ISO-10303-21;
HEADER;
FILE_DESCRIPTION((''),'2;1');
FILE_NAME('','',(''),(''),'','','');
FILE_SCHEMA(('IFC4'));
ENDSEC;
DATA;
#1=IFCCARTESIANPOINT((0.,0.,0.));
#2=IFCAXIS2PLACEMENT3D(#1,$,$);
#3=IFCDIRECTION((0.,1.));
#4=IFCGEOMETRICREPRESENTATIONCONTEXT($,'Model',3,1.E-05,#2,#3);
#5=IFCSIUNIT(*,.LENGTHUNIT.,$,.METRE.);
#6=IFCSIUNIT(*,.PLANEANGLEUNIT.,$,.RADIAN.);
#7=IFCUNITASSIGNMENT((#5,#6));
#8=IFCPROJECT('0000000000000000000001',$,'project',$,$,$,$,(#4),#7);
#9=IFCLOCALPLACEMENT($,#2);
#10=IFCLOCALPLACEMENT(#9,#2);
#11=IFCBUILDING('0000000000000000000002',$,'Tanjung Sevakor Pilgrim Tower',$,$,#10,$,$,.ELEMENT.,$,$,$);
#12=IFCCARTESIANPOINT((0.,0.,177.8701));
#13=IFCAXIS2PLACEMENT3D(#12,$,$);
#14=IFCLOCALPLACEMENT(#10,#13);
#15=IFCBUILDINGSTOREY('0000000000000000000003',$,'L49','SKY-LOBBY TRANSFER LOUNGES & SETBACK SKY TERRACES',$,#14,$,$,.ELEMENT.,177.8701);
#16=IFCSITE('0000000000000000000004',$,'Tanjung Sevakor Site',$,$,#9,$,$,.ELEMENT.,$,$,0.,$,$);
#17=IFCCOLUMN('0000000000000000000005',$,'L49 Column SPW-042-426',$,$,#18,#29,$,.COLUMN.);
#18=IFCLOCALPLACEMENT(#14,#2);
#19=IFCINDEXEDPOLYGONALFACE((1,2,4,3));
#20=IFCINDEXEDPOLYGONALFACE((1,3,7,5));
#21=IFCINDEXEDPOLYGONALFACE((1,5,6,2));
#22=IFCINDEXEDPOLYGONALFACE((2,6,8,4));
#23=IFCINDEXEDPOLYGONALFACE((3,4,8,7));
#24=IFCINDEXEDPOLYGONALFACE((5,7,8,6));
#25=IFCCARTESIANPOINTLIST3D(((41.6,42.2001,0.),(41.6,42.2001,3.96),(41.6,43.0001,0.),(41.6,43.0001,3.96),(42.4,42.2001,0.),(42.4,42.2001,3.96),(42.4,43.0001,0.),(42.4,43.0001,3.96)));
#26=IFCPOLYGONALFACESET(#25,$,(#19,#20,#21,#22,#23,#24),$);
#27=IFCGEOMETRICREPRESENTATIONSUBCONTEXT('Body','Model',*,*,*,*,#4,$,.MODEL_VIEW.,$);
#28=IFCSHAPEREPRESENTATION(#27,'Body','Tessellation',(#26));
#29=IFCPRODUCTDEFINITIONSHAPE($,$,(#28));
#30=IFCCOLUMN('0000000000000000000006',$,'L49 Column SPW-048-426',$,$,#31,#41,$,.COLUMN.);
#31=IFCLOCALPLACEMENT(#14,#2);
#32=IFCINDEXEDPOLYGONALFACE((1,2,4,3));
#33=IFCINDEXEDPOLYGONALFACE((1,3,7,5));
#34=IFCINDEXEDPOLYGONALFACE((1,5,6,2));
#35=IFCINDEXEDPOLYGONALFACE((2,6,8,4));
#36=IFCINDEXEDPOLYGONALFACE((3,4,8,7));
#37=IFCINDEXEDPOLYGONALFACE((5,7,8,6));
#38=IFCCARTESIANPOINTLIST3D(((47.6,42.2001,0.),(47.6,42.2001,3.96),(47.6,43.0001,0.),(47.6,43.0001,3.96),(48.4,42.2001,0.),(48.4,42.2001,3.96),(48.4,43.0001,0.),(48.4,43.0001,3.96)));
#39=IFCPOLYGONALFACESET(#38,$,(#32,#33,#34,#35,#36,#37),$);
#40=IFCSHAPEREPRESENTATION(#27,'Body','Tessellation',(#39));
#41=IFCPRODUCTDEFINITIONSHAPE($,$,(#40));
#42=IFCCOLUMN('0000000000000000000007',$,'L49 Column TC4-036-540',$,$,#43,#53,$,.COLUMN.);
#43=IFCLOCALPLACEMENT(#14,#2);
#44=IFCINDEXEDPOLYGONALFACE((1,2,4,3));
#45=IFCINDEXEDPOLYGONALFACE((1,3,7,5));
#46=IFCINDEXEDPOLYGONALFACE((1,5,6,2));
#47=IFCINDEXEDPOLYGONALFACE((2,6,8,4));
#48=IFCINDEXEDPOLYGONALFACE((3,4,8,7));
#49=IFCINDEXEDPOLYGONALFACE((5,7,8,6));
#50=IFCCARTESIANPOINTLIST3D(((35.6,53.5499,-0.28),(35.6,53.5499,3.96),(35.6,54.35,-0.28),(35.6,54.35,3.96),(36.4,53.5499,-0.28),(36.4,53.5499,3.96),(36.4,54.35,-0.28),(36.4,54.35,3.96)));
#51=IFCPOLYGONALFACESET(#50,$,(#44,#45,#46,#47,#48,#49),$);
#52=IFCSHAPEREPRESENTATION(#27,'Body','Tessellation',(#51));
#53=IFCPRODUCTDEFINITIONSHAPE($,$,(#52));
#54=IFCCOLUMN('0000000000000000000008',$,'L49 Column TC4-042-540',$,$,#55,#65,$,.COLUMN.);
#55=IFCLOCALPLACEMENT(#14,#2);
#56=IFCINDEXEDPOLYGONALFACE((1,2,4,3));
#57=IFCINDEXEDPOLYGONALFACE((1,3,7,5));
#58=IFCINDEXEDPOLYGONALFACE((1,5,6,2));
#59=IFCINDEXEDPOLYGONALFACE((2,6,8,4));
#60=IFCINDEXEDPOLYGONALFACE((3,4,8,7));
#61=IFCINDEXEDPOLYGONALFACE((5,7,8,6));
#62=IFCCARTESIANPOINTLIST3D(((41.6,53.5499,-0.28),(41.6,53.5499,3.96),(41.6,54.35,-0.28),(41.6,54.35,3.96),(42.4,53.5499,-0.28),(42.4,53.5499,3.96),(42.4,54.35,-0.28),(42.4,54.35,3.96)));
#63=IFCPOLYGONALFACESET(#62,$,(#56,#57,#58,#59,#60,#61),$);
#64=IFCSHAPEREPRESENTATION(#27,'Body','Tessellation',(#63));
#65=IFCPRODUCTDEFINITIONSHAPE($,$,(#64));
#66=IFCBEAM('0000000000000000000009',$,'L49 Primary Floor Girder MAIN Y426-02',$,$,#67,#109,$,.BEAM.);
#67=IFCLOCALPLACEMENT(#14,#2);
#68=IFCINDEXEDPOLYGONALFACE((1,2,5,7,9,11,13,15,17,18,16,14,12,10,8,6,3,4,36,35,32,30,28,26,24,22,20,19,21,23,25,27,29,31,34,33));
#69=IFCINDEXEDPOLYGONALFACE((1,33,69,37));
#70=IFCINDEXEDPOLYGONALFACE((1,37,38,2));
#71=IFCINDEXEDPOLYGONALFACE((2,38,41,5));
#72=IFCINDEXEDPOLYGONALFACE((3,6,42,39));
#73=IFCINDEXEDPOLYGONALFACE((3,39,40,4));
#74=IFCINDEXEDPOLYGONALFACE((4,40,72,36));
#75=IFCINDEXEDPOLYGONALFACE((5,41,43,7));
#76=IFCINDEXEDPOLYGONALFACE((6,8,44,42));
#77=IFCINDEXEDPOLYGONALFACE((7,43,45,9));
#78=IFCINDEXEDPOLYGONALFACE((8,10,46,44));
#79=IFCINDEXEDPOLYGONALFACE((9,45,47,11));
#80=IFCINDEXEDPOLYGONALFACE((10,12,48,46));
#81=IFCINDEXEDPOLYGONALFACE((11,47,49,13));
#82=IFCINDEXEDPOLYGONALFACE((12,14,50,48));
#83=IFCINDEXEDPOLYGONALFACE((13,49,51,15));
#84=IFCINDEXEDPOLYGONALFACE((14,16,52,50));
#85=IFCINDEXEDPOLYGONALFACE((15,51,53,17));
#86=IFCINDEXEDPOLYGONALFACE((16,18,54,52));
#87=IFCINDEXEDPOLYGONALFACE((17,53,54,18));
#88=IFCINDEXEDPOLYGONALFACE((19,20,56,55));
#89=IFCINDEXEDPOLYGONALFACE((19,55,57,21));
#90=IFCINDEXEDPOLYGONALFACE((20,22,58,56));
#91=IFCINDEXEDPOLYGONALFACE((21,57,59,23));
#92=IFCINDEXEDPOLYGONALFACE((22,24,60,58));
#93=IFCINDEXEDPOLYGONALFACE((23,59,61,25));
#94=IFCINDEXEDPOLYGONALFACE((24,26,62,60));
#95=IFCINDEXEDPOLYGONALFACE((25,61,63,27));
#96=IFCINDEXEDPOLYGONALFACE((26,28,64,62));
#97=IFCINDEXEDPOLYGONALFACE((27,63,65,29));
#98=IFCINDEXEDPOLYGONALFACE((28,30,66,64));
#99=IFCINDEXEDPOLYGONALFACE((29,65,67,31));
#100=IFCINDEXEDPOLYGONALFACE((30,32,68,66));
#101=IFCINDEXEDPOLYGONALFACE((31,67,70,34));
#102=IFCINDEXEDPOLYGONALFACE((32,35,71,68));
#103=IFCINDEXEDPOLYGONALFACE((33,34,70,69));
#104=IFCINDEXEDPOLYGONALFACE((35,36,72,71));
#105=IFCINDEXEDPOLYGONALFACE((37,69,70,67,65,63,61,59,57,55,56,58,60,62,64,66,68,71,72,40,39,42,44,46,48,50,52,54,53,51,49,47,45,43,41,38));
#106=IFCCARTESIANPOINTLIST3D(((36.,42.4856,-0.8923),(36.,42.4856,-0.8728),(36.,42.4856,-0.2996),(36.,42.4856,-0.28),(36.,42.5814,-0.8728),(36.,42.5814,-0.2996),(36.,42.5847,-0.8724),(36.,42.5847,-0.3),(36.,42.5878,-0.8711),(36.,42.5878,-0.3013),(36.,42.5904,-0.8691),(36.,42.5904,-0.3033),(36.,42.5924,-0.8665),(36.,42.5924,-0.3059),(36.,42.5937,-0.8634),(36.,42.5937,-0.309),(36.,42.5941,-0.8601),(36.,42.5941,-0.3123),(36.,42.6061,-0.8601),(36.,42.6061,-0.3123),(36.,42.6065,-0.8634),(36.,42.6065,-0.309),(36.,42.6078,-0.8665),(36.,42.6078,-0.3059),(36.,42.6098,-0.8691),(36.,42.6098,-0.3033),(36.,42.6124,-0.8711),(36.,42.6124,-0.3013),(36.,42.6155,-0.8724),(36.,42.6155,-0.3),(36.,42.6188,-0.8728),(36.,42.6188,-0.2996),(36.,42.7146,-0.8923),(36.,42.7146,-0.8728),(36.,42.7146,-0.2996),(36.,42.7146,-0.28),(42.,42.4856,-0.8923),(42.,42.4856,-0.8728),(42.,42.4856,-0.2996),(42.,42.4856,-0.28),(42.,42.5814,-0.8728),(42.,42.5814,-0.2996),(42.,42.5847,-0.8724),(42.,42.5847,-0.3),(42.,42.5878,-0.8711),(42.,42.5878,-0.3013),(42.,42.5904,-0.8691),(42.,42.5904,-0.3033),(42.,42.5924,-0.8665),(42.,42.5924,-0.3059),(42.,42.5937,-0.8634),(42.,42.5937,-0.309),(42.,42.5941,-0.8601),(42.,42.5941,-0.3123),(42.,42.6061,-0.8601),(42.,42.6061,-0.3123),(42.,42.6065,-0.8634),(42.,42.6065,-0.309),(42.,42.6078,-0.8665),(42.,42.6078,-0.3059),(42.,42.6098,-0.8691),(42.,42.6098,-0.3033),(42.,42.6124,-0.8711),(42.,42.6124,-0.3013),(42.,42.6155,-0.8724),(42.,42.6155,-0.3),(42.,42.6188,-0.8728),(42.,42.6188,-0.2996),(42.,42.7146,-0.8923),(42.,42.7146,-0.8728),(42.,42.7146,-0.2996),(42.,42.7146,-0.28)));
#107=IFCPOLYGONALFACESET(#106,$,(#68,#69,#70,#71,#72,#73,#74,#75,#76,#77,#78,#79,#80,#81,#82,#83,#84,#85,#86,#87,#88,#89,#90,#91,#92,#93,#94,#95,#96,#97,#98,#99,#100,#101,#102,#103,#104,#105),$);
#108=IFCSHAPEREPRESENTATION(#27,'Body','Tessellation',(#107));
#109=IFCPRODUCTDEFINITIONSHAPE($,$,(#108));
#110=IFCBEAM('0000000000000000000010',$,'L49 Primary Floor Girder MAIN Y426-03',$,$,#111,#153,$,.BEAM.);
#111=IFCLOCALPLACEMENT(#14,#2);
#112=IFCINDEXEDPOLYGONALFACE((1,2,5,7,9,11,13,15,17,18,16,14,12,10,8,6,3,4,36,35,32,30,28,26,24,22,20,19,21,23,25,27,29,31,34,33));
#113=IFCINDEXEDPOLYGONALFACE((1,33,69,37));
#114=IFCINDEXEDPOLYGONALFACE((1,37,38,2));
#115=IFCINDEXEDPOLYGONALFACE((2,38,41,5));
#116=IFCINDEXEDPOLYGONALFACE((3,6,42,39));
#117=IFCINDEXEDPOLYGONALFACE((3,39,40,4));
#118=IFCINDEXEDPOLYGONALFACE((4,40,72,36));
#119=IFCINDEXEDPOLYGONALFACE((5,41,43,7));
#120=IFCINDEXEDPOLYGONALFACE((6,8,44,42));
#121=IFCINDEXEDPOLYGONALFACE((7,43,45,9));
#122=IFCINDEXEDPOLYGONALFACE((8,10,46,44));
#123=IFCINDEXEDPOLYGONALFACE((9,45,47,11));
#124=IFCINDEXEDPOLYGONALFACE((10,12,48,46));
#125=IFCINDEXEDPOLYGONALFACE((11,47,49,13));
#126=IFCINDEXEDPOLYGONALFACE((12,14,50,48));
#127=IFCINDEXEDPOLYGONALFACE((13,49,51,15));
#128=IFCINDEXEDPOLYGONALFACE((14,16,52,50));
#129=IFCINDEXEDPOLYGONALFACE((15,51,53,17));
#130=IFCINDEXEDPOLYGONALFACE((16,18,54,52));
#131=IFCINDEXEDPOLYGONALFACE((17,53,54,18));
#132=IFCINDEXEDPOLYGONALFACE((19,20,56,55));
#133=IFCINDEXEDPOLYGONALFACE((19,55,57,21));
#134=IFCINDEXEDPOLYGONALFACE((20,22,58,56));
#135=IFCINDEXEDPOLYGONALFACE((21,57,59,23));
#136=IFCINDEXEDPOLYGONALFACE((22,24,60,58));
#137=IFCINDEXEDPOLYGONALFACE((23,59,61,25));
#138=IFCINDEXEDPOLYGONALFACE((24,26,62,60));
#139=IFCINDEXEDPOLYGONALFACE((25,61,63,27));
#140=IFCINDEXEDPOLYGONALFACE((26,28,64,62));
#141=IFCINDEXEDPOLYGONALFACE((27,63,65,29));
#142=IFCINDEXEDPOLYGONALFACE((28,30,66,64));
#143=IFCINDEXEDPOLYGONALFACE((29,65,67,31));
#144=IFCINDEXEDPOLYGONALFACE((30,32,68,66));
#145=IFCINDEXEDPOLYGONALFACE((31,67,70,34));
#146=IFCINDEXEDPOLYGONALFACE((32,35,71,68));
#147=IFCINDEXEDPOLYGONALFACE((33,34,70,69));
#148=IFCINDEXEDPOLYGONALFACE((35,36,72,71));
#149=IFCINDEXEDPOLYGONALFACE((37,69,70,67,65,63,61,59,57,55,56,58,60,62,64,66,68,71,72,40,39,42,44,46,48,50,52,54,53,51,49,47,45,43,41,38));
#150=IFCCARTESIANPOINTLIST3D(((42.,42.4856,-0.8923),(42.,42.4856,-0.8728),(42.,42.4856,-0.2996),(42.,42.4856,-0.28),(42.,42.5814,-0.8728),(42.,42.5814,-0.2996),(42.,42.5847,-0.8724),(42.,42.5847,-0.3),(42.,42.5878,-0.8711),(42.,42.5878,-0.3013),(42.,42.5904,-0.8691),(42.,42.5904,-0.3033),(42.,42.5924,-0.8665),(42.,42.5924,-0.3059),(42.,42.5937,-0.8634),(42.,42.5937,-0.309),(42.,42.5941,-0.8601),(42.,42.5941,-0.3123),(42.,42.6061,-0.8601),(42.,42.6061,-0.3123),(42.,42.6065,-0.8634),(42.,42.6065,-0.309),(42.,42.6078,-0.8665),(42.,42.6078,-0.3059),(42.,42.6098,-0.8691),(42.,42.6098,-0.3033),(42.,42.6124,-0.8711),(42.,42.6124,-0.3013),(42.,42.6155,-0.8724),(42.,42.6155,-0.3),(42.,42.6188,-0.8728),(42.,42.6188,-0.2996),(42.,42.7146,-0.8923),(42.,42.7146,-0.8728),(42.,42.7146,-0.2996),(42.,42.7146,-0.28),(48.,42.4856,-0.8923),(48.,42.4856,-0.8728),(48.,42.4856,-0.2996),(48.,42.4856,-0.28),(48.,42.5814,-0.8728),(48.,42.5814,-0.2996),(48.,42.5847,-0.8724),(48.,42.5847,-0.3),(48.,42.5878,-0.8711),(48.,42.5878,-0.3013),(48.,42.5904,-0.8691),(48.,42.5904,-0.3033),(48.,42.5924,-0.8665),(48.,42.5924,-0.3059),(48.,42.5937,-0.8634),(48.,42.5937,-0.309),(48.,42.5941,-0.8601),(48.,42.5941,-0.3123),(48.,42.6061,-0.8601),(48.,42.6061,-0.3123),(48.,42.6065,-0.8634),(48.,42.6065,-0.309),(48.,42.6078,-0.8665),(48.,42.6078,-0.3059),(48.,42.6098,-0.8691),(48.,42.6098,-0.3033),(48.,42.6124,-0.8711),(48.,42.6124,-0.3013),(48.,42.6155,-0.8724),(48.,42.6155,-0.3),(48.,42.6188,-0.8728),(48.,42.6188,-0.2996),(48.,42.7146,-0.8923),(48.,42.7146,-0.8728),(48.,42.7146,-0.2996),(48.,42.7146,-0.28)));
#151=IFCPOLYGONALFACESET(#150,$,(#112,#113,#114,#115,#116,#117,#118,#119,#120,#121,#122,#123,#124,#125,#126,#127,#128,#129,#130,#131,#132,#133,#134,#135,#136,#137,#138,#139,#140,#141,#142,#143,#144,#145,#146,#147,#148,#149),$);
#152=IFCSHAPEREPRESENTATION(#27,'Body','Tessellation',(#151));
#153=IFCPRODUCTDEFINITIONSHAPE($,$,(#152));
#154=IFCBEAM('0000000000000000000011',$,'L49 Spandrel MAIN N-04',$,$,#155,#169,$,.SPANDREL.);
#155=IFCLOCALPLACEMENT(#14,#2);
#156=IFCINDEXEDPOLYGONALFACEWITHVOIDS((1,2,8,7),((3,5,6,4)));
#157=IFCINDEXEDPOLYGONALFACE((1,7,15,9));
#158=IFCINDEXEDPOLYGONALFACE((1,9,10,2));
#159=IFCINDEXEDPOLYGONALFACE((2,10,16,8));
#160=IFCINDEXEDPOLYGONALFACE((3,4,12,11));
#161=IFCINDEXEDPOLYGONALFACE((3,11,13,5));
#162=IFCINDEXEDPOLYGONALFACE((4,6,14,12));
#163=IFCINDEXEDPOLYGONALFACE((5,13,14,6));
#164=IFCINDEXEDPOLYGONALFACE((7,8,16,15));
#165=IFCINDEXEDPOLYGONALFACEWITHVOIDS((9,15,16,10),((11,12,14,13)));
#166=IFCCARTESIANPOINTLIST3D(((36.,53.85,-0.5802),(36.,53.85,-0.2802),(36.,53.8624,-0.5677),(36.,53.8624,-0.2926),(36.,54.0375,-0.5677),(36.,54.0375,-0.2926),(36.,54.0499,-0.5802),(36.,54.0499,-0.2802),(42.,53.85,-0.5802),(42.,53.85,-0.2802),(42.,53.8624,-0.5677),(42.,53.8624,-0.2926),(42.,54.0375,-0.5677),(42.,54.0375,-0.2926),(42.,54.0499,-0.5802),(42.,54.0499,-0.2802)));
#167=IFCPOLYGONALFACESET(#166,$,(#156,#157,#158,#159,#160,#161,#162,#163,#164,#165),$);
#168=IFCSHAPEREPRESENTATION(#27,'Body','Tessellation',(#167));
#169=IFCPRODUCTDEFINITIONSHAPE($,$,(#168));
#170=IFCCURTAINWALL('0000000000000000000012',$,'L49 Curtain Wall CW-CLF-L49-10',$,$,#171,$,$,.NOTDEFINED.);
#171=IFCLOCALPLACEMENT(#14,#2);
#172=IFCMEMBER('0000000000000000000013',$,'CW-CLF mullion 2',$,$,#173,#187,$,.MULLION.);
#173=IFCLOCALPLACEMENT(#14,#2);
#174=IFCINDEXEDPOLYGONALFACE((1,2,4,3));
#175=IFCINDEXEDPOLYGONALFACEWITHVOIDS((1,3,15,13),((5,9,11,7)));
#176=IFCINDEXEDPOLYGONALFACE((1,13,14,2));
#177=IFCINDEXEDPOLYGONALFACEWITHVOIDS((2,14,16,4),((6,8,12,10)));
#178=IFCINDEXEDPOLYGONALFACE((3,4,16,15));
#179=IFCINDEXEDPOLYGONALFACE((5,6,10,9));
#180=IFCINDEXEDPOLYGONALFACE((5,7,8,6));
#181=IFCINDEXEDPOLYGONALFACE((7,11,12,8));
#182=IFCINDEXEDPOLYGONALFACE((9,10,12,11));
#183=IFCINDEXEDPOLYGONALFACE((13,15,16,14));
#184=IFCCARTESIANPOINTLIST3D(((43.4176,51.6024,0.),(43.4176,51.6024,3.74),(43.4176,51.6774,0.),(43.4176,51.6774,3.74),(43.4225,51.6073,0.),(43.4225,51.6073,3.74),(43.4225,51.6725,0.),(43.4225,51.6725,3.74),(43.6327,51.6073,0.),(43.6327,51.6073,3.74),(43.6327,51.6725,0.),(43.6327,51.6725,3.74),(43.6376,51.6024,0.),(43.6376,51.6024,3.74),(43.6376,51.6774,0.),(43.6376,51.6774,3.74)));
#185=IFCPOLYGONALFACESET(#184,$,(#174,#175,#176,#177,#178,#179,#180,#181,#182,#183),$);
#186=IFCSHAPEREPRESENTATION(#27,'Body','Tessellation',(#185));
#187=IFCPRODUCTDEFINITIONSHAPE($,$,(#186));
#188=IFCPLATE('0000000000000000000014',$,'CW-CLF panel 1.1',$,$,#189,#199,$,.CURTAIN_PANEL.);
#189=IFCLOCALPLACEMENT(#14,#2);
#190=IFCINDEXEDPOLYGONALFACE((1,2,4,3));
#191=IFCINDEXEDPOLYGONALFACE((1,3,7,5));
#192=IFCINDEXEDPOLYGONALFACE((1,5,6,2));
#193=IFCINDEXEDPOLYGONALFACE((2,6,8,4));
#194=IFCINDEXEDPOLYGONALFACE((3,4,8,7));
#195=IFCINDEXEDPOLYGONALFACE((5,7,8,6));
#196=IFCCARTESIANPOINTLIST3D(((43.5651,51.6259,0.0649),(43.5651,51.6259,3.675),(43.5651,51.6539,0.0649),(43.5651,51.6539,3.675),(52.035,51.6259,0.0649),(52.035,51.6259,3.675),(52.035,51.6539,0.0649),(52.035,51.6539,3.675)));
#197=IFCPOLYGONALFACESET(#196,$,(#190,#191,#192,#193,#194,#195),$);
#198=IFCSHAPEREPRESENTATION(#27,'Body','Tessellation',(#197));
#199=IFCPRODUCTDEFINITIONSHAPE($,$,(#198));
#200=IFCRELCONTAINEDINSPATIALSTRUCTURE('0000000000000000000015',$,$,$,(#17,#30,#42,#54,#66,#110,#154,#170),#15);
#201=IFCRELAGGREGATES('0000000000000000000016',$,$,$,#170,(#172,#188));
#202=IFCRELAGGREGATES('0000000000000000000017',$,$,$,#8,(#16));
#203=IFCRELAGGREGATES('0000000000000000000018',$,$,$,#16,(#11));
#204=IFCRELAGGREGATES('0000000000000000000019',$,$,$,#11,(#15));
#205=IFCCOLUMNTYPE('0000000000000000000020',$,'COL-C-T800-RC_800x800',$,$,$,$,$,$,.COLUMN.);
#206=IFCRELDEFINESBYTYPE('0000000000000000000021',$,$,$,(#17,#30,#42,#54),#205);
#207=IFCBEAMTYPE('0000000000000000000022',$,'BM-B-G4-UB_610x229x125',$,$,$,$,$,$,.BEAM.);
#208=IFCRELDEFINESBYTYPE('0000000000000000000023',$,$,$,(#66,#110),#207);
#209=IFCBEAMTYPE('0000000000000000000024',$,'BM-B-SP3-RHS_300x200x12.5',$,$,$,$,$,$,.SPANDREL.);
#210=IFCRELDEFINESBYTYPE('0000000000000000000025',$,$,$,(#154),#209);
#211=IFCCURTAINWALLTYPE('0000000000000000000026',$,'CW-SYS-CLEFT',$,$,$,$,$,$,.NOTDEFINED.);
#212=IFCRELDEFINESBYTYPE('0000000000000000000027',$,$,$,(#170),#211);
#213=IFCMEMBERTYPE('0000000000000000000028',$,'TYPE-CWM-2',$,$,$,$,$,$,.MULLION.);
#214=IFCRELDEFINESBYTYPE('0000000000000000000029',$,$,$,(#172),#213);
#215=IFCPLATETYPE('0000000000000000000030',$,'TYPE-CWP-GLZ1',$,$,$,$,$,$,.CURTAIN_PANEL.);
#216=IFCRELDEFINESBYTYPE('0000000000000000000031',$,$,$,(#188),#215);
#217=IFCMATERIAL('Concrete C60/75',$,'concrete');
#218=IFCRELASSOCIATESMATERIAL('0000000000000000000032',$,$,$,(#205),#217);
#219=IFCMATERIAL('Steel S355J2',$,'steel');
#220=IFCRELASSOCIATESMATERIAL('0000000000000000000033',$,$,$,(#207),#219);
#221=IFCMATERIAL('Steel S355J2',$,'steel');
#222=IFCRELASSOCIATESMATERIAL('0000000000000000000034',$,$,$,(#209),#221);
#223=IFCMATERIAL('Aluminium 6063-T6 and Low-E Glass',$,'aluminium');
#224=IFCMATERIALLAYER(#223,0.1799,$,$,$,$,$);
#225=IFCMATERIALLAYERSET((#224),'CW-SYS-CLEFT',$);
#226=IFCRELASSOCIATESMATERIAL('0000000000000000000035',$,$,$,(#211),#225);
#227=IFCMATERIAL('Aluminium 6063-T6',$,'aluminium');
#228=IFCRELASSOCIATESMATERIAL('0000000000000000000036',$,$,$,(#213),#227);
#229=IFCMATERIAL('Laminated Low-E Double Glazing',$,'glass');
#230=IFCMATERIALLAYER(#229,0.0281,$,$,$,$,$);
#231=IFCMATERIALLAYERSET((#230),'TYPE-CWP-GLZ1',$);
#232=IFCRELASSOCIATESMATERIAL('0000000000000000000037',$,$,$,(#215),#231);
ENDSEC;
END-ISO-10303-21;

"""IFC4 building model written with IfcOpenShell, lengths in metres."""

from ifc_helpers import new_model, si_unit, direction, frame, origin, origin_2d, place, context, subcontext, project, spatial, rectangle, hollow_rectangle, i_section, extrude, material, layer, layer_set, material_profile, profile_set, type_object, element, aggregate, save


model = new_model("IFC4")

# Units and contexts
model_context = context("Model", 3, precision=1e-05, world=origin(), true_north=direction((0.0, 1.0)))
body_context = subcontext(model_context, "Body", "Model", "MODEL_VIEW")
ifc_project = project(units=[si_unit("LENGTHUNIT", "METRE"), si_unit("PLANEANGLEUNIT", "RADIAN")], contexts=[model_context])

# Site, building, storey
site_placement = place(None, origin())
site = spatial("IfcSite", under=ifc_project, at=site_placement, Name="Tanjung Sevakor Site", CompositionType="ELEMENT", RefElevation=0.0)
building_placement = place(site_placement, origin())
building = spatial("IfcBuilding", under=site, at=building_placement, Name="Tanjung Sevakor Pilgrim Tower", CompositionType="ELEMENT")
storey_placement = place(building_placement, frame((0.0, 0.0, 177.8701)))
storey = spatial("IfcBuildingStorey", under=building, at=storey_placement, Name="L49", Description="SKY-LOBBY TRANSFER LOUNGES & SETBACK SKY TERRACES", CompositionType="ELEMENT", Elevation=177.8701)

# Columns
ifc_material_1 = material(Name="Concrete C60/75", Category="concrete")
ifc_material_profile_1 = material_profile(ifc_material_1, rectangle(XDim=0.8, YDim=0.8, at=origin_2d()))
ifc_profile_set_1 = profile_set([ifc_material_profile_1], Name="Concrete C60/75")
column_type = type_object("IfcColumnType", Name="COL-C-T800-RC_800x800", PredefinedType="COLUMN", material=ifc_profile_set_1)
for number, where, z_axis, x_axis, name in (
    (1, (42.0, 42.6001, 0.0), (0.0, 0.0, 1.0), (1.0, 0.0, 0.0), "L49 Column SPW-042-426"),
    (2, (48.0, 42.6001, 0.0), (0.0, 0.0, 1.0), (1.0, 0.0, 0.0), "L49 Column SPW-048-426"),
):
    element("IfcColumn", number, at=place(storey_placement, frame(where, z_axis=z_axis, x_axis=x_axis)), inside=storey, type_object=column_type, Name=name, PredefinedType="COLUMN", context=body_context, shape_type="SweptSolid", body=[
        extrude(rectangle(XDim=0.8, YDim=0.8, at=origin_2d()), origin(), (0.0, 0.0, 1.0), 3.96),
    ])
for number, where, z_axis, x_axis, name in (
    (3, (36.0, 53.95, -0.28), (0.0, 0.0, 1.0), (1.0, 0.0, 0.0), "L49 Column TC4-036-540"),
    (4, (42.0, 53.95, -0.28), (0.0, 0.0, 1.0), (1.0, 0.0, 0.0), "L49 Column TC4-042-540"),
):
    element("IfcColumn", number, at=place(storey_placement, frame(where, z_axis=z_axis, x_axis=x_axis)), inside=storey, type_object=column_type, Name=name, PredefinedType="COLUMN", context=body_context, shape_type="SweptSolid", body=[
        extrude(rectangle(XDim=0.8, YDim=0.8, at=origin_2d()), origin(), (0.0, 0.0, 1.0), 4.24),
    ])

# Beams
ifc_material_2 = material(Name="Steel S355J2", Category="steel")
ifc_material_profile_2 = material_profile(ifc_material_2, i_section(OverallWidth=0.229, OverallDepth=0.6123, WebThickness=0.012, FlangeThickness=0.0195, FilletRadius=0.0127, at=origin_2d()))
ifc_profile_set_2 = profile_set([ifc_material_profile_2], Name="Steel S355J2")
beam_type_1 = type_object("IfcBeamType", Name="BM-B-G4-UB_610x229x125", PredefinedType="BEAM", material=ifc_profile_set_2)
for number, where, z_axis, x_axis, name in (
    (5, (36.0, 42.6001, -0.5862), (1.0, 0.0, 0.0), (0.0, 1.0, 0.0), "L49 Primary Floor Girder MAIN Y426-02"),
    (6, (42.0, 42.6001, -0.5862), (1.0, 0.0, 0.0), (0.0, 1.0, 0.0), "L49 Primary Floor Girder MAIN Y426-03"),
):
    element("IfcBeam", number, at=place(storey_placement, frame(where, z_axis=z_axis, x_axis=x_axis)), inside=storey, type_object=beam_type_1, Name=name, PredefinedType="BEAM", context=body_context, shape_type="SweptSolid", body=[
        extrude(i_section(OverallWidth=0.229, OverallDepth=0.6123, WebThickness=0.012, FlangeThickness=0.0195, FilletRadius=0.0127, at=origin_2d()), origin(), (0.0, 0.0, 1.0), 6.0),
    ])
ifc_material_3 = material(Name="Steel S355J2", Category="steel")
ifc_material_profile_3 = material_profile(ifc_material_3, hollow_rectangle(XDim=0.2, YDim=0.3, WallThickness=0.0125, at=origin_2d()))
ifc_profile_set_3 = profile_set([ifc_material_profile_3], Name="Steel S355J2")
beam_type_2 = type_object("IfcBeamType", Name="BM-B-SP3-RHS_300x200x12.5", PredefinedType="SPANDREL", material=ifc_profile_set_3)
beam_placement = place(storey_placement, frame((36.0, 53.95, -0.4302), z_axis=(1.0, 0.0, 0.0), x_axis=(0.0, 1.0, 0.0)))
element("IfcBeam", 7, at=beam_placement, inside=storey, type_object=beam_type_2, Name="L49 Spandrel MAIN N-04", PredefinedType="SPANDREL", context=body_context, shape_type="SweptSolid", body=[
    extrude(hollow_rectangle(XDim=0.2, YDim=0.3, WallThickness=0.0125, at=origin_2d()), origin(), (0.0, 0.0, 1.0), 6.0),
])

# Curtain wall, member, plate
ifc_material_4 = material(Name="Aluminium 6063-T6 and Low-E Glass", Category="aluminium")
ifc_layer_1 = layer(ifc_material_4, 0.1799)
ifc_layer_set_1 = layer_set([ifc_layer_1], Name="CW-SYS-CLEFT")
curtain_wall_type = type_object("IfcCurtainWallType", Name="CW-SYS-CLEFT", PredefinedType="NOTDEFINED", material=ifc_layer_set_1)
curtain_wall_placement = place(storey_placement, origin())
curtain_wall = element("IfcCurtainWall", 8, at=curtain_wall_placement, inside=storey, type_object=curtain_wall_type, Name="L49 Curtain Wall CW-CLF-L49-10", PredefinedType="NOTDEFINED")
ifc_material_5 = material(Name="Aluminium 6063-T6", Category="aluminium")
ifc_material_profile_4 = material_profile(ifc_material_5, hollow_rectangle(XDim=0.075, YDim=0.22, WallThickness=0.0049, at=origin_2d()))
ifc_profile_set_4 = profile_set([ifc_material_profile_4], Name="Aluminium 6063-T6")
member_type = type_object("IfcMemberType", Name="TYPE-CWM-2", PredefinedType="MULLION", material=ifc_profile_set_4)
member_placement = place(storey_placement, frame((43.5276, 51.6399, 0.0), z_axis=(0.0, 0.0, 1.0), x_axis=(0.0, -1.0, 0.0)))
member = element("IfcMember", 9, at=member_placement, type_object=member_type, Name="CW-CLF mullion 2", PredefinedType="MULLION", context=body_context, shape_type="SweptSolid", body=[
    extrude(hollow_rectangle(XDim=0.075, YDim=0.22, WallThickness=0.0049, at=origin_2d()), origin(), (0.0, 0.0, 1.0), 3.74),
])
ifc_material_6 = material(Name="Laminated Low-E Double Glazing", Category="glass")
ifc_layer_2 = layer(ifc_material_6, 0.0281)
ifc_layer_set_2 = layer_set([ifc_layer_2], Name="TYPE-CWP-GLZ1")
plate_type = type_object("IfcPlateType", Name="TYPE-CWP-GLZ1", PredefinedType="CURTAIN_PANEL", material=ifc_layer_set_2)
plate_placement = place(storey_placement, frame((47.8, 51.6399, 0.0649), z_axis=(0.0, 0.0, 1.0), x_axis=(-1.0, 0.0, 0.0)))
plate = element("IfcPlate", 10, at=plate_placement, type_object=plate_type, Name="CW-CLF panel 1.1", PredefinedType="CURTAIN_PANEL", context=body_context, shape_type="SweptSolid", body=[
    extrude(rectangle(XDim=8.47, YDim=0.0281, at=origin_2d()), origin(), (0.0, 0.0, 1.0), 3.6101),
])
aggregate(curtain_wall, [member, plate])

save(model, "model.ifc")
